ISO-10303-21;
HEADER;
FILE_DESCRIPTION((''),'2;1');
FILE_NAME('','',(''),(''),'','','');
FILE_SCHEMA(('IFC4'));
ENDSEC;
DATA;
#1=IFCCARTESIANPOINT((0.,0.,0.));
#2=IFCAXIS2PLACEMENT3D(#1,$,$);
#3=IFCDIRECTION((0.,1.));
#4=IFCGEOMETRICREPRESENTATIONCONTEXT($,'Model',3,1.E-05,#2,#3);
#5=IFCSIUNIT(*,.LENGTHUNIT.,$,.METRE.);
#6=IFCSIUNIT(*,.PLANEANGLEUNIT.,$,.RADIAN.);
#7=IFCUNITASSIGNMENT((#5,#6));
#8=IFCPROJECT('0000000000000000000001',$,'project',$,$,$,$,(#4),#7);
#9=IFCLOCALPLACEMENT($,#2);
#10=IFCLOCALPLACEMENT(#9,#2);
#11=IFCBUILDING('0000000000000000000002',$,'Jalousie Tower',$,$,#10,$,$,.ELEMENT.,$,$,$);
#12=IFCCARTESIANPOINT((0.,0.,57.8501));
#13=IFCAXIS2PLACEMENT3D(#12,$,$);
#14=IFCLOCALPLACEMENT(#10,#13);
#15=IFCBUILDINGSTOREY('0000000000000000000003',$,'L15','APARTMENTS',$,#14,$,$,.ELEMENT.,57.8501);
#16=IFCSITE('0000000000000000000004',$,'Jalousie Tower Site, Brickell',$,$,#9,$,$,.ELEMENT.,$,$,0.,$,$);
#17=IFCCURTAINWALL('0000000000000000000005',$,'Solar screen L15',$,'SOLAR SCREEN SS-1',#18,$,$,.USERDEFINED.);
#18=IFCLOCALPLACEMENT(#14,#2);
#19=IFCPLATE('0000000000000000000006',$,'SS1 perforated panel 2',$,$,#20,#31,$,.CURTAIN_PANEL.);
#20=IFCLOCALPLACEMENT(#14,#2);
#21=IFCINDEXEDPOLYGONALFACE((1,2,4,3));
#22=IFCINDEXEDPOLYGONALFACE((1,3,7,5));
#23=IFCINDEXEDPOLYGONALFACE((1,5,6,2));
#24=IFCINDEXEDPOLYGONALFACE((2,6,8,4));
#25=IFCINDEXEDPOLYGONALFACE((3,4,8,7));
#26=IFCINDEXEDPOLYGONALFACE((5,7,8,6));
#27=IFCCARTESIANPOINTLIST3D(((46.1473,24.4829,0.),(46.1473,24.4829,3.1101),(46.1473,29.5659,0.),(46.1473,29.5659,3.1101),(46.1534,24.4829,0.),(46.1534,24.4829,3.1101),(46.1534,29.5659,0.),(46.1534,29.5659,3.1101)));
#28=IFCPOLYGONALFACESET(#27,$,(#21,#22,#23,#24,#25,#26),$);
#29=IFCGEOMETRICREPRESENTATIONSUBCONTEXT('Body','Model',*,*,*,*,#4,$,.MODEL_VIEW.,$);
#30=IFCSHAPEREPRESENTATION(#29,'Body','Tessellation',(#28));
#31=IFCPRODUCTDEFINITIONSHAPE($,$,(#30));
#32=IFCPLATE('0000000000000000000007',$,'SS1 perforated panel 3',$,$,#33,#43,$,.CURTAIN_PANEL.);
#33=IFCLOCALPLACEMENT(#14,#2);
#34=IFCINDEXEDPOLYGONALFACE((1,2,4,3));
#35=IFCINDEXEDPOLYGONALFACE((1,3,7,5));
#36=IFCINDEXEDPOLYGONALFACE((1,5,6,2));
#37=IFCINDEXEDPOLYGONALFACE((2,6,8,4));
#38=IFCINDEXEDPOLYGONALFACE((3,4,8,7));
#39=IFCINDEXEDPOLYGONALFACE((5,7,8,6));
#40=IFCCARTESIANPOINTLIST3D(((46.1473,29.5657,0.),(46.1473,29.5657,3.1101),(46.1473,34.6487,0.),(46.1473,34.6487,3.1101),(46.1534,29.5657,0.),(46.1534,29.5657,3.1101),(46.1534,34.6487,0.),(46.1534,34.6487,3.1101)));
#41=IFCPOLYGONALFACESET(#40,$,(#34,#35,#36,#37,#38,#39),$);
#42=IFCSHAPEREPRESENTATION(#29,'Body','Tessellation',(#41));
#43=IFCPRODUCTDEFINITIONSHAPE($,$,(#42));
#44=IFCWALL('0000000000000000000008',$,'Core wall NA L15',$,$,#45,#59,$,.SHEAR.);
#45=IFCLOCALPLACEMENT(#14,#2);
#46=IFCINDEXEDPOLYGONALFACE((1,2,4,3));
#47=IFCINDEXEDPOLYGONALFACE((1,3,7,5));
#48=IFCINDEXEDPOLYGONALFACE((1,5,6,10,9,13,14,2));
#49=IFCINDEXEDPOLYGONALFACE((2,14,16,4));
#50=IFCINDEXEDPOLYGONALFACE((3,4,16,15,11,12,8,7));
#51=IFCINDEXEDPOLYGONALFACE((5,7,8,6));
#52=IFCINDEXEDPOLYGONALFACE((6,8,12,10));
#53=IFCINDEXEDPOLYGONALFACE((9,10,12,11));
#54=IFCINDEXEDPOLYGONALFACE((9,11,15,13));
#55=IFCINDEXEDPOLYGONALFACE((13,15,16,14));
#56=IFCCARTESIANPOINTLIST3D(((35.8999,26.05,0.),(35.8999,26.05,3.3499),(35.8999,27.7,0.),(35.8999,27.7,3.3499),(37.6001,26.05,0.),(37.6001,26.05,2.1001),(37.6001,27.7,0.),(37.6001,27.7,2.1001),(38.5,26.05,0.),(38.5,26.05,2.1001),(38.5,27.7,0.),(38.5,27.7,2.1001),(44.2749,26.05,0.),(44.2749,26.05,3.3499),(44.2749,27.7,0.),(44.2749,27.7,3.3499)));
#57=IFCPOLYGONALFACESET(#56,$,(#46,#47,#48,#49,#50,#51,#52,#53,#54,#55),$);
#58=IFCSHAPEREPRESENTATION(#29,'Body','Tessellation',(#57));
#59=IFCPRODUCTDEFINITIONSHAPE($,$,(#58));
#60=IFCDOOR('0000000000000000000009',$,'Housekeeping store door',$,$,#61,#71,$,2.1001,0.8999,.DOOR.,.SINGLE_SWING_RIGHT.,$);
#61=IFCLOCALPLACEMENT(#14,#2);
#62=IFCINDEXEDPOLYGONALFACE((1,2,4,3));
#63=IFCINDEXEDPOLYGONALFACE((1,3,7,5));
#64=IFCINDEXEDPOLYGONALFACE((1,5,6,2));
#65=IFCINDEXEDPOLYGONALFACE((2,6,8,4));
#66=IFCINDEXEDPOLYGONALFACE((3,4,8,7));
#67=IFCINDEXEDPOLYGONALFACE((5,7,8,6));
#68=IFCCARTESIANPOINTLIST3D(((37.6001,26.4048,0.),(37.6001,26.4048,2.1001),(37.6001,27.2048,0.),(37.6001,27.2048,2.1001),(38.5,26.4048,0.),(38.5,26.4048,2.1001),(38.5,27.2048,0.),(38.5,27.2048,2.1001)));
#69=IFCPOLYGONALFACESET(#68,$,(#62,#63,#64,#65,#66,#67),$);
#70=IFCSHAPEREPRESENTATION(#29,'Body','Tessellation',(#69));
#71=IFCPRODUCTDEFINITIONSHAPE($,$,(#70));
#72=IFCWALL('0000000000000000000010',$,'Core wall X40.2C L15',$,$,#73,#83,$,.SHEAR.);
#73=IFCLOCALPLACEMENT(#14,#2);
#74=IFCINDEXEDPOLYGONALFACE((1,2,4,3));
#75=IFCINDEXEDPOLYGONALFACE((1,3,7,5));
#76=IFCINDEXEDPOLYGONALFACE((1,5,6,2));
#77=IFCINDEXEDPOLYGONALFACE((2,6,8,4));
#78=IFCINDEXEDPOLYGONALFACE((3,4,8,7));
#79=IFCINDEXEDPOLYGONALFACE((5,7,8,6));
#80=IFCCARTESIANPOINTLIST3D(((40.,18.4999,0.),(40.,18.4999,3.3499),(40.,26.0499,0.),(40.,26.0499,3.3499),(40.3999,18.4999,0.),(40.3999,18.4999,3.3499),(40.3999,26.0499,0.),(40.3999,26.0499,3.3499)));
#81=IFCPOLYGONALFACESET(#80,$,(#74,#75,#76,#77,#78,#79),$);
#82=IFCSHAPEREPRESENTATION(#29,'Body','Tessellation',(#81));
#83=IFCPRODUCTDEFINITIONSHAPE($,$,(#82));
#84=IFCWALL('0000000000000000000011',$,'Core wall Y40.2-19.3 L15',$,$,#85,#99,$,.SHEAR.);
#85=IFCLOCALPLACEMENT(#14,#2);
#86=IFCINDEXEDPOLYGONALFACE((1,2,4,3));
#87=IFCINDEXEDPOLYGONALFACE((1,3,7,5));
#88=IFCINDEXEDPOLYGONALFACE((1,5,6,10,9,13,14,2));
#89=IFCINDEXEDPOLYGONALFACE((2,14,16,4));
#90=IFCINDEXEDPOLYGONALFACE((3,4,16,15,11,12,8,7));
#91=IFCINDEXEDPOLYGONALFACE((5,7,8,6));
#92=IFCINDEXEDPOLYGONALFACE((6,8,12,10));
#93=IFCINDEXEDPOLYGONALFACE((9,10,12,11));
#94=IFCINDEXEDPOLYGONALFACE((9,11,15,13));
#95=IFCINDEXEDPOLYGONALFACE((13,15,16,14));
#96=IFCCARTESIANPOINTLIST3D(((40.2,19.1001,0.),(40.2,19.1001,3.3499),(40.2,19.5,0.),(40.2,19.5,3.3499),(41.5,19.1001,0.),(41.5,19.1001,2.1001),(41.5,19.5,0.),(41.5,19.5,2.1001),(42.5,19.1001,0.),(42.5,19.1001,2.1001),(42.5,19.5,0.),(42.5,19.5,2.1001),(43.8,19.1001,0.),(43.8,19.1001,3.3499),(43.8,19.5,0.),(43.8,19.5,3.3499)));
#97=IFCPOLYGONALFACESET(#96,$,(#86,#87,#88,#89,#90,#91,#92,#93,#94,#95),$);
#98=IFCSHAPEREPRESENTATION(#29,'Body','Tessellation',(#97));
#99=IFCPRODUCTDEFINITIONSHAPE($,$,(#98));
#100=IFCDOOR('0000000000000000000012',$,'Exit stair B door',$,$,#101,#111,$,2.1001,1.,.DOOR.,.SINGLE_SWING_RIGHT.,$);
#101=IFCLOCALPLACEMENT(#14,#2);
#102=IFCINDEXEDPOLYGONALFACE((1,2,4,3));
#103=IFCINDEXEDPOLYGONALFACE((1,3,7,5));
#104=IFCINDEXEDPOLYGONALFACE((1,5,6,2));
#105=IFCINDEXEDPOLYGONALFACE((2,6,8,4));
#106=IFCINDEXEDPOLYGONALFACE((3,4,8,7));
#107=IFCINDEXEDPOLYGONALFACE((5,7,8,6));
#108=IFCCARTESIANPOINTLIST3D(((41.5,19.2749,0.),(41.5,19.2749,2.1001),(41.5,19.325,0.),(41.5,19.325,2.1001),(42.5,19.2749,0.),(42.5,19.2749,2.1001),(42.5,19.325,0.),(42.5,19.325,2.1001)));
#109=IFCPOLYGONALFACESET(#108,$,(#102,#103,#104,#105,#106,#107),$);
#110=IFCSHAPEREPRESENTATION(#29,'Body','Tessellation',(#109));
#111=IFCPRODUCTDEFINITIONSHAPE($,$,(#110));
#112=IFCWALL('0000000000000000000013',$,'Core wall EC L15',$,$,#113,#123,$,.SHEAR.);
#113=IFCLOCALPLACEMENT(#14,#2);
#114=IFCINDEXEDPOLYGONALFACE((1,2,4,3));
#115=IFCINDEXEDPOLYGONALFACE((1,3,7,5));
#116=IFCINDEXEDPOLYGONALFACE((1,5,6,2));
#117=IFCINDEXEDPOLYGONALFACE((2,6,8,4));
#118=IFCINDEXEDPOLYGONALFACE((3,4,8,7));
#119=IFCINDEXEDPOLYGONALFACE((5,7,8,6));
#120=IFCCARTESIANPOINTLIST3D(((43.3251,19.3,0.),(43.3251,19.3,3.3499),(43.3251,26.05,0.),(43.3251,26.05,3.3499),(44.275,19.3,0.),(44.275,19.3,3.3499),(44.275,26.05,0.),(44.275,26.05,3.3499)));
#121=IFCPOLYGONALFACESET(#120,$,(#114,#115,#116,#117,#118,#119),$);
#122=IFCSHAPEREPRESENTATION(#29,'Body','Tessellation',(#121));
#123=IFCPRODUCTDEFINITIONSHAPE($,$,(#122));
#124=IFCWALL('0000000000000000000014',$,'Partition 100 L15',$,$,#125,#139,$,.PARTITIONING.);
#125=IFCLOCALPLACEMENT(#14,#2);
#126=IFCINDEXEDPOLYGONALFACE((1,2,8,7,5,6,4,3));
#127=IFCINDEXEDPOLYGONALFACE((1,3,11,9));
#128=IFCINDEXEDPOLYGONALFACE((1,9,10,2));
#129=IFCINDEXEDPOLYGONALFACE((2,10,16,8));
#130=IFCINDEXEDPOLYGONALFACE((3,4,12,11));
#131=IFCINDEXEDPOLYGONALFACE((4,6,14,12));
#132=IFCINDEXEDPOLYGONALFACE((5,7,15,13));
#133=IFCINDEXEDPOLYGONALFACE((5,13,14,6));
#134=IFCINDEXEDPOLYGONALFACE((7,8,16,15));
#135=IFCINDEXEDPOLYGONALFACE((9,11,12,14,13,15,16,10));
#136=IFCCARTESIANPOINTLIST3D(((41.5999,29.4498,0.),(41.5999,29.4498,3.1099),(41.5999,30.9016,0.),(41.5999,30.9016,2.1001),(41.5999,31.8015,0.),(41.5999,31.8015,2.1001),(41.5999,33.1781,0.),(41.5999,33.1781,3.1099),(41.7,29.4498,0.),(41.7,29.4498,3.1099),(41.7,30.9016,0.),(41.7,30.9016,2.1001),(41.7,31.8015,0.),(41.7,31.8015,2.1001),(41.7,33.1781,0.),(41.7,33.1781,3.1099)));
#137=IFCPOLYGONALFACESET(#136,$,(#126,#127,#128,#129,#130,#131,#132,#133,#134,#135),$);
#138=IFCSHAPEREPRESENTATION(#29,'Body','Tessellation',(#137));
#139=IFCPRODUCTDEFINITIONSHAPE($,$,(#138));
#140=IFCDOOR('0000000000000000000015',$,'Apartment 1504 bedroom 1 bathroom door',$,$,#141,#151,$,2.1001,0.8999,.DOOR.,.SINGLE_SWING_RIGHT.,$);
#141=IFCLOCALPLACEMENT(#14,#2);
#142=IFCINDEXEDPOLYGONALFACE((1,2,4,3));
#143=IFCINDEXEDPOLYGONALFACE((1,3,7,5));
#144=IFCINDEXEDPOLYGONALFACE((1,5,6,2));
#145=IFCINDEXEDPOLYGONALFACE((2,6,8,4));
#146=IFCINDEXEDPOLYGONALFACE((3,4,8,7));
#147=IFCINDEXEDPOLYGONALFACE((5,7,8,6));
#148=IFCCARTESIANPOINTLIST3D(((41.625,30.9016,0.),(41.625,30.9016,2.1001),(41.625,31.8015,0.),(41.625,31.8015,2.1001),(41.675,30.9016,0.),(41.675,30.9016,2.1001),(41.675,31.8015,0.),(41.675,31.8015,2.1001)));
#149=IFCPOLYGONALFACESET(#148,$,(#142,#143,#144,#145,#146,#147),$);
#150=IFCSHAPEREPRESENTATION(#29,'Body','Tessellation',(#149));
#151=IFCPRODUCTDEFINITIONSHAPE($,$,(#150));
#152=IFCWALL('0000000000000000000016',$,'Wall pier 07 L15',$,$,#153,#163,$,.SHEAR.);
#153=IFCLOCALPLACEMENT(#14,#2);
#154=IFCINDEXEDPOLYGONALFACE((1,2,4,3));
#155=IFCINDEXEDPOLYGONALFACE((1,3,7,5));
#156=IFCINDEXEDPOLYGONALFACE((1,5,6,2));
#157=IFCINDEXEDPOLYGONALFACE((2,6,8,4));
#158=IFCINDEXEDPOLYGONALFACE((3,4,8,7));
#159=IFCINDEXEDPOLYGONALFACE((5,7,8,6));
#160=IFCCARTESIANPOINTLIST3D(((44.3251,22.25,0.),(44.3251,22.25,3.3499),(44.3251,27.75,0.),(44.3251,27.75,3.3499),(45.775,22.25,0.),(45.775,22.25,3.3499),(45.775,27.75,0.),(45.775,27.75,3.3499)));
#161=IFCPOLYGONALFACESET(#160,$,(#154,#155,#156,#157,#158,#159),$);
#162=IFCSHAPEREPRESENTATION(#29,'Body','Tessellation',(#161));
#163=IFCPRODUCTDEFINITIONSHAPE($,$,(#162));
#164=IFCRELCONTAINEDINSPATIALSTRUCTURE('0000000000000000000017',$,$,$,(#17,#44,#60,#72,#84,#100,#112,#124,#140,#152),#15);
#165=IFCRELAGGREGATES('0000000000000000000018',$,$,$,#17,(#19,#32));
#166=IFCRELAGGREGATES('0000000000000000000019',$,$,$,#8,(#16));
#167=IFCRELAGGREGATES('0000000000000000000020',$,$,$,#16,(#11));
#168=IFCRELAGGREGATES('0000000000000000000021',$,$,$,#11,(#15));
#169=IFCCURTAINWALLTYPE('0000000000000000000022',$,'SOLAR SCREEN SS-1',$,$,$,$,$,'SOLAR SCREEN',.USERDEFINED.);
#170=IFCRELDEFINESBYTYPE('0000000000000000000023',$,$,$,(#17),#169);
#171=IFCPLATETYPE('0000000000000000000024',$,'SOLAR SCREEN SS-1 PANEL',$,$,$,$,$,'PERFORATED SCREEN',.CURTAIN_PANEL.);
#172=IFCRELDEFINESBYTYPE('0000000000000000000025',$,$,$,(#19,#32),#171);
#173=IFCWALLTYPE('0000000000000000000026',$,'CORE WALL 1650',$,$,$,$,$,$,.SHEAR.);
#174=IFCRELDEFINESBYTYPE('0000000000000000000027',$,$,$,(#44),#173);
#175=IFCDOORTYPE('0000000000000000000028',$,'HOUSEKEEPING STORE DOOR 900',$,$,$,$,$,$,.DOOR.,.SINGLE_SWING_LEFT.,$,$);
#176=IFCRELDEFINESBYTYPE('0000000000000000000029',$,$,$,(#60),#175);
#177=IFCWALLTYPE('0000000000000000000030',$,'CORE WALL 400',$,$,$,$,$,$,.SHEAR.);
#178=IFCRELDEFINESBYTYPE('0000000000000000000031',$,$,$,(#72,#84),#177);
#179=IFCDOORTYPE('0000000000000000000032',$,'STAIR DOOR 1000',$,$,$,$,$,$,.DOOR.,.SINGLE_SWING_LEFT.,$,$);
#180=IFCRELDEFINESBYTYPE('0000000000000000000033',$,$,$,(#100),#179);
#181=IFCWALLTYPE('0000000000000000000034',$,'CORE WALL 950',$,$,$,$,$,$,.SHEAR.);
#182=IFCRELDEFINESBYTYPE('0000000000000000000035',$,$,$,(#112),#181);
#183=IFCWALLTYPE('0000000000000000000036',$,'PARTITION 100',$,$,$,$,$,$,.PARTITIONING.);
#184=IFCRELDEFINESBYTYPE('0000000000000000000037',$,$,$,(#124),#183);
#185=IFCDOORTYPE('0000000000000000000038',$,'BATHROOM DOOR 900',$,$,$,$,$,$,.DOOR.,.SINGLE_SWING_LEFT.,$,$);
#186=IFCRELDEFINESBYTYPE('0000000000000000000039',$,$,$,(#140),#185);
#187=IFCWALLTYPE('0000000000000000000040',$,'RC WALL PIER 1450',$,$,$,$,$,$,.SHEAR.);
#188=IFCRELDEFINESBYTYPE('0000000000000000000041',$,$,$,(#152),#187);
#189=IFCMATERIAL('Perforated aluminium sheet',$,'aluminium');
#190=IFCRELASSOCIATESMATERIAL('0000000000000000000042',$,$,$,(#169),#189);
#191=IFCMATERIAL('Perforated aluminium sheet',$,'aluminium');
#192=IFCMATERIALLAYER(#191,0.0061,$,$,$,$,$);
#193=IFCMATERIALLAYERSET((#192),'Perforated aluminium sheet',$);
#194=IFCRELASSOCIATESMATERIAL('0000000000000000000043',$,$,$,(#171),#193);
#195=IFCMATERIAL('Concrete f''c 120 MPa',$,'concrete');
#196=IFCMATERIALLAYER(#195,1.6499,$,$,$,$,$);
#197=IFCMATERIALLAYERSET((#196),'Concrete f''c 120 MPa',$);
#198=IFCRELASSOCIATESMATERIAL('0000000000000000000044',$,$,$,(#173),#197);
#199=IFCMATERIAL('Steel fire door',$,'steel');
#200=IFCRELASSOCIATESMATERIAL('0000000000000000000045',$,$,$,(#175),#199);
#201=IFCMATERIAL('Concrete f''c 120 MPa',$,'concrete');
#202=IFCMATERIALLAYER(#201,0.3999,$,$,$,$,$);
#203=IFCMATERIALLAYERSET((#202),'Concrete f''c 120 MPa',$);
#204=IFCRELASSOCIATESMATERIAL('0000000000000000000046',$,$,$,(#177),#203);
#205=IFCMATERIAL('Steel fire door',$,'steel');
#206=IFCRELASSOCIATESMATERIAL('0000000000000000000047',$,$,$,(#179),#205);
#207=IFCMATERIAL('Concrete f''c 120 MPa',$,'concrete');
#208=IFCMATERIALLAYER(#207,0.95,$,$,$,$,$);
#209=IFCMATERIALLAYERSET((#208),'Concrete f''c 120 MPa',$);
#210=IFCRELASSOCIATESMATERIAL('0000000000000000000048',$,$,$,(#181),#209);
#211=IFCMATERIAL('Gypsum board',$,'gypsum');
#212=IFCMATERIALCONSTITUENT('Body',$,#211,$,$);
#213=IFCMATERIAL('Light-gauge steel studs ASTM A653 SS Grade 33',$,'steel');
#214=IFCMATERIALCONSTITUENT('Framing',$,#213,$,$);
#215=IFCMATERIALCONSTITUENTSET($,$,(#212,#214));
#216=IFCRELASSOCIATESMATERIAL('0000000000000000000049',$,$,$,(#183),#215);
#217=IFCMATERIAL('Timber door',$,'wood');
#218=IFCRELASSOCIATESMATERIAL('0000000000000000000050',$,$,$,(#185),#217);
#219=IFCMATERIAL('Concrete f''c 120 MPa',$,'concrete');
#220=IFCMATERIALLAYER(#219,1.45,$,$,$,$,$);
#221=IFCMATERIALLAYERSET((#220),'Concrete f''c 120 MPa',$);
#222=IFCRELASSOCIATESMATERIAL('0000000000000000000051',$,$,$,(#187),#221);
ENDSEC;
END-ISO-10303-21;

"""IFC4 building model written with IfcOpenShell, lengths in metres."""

from ifc_helpers import new_model, si_unit, direction, frame, frame_2d, origin, origin_2d, place, context, subcontext, project, spatial, rectangle, extrude, material, layer, layer_set, constituent, constituent_set, type_object, element, fill, aggregate, save


model = new_model("IFC4")

# Units and contexts
model_context = context("Model", 3, precision=1e-05, world=origin(), true_north=direction((0.0, 1.0)))
body_context = subcontext(model_context, "Body", "Model", "MODEL_VIEW")
ifc_project = project(units=[si_unit("LENGTHUNIT", "METRE"), si_unit("PLANEANGLEUNIT", "RADIAN")], contexts=[model_context])

# Site, building, storey
site_placement = place(None, origin())
site = spatial("IfcSite", under=ifc_project, at=site_placement, Name="Jalousie Tower Site, Brickell", CompositionType="ELEMENT", RefElevation=0.0)
building_placement = place(site_placement, origin())
building = spatial("IfcBuilding", under=site, at=building_placement, Name="Jalousie Tower", CompositionType="ELEMENT")
storey_placement = place(building_placement, frame((0.0, 0.0, 57.8501)))
storey = spatial("IfcBuildingStorey", under=building, at=storey_placement, Name="L15", Description="APARTMENTS", CompositionType="ELEMENT", Elevation=57.8501)

# Shared definitions
ifc_material_1 = material(Name="Perforated aluminium sheet", Category="aluminium")
curtain_wall_type = type_object("IfcCurtainWallType", Name="SOLAR SCREEN SS-1", ElementType="SOLAR SCREEN", PredefinedType="USERDEFINED", material=ifc_material_1)

# Curtain wall, plates
curtain_wall_1_placement = place(storey_placement, origin())
curtain_wall_1 = element("IfcCurtainWall", 1, at=curtain_wall_1_placement, inside=storey, type_object=curtain_wall_type, Name="Solar screen L15", ObjectType="SOLAR SCREEN SS-1", PredefinedType="USERDEFINED")
ifc_material_2 = material(Name="Perforated aluminium sheet", Category="aluminium")
ifc_layer_1 = layer(ifc_material_2, 0.0061)
ifc_layer_set_1 = layer_set([ifc_layer_1], Name="Perforated aluminium sheet")
plate_type = type_object("IfcPlateType", Name="SOLAR SCREEN SS-1 PANEL", ElementType="PERFORATED SCREEN", PredefinedType="CURTAIN_PANEL", material=ifc_layer_set_1)
plate_1_placement = place(storey_placement, frame((46.1504, 27.0244, 0.0), z_axis=(0.0, 0.0, 1.0), x_axis=(0.0, 1.0, 0.0)))
plate_1 = element("IfcPlate", 2, at=plate_1_placement, type_object=plate_type, Name="SS1 perforated panel 2", PredefinedType="CURTAIN_PANEL", context=body_context, shape_type="SweptSolid", body=[
    extrude(rectangle(XDim=5.083, YDim=0.0061, at=origin_2d()), origin(), (0.0, 0.0, 1.0), 3.1101),
])
plate_2_placement = place(storey_placement, frame((46.1504, 32.1072, 0.0), z_axis=(0.0, 0.0, 1.0), x_axis=(0.0, 1.0, 0.0)))
plate_2 = element("IfcPlate", 3, at=plate_2_placement, type_object=plate_type, Name="SS1 perforated panel 3", PredefinedType="CURTAIN_PANEL", context=body_context, shape_type="SweptSolid", body=[
    extrude(rectangle(XDim=5.083, YDim=0.0061, at=origin_2d()), origin(), (0.0, 0.0, 1.0), 3.1101),
])
aggregate(curtain_wall_1, [plate_1, plate_2])

# Wall, opening, door
ifc_material_3 = material(Name="Concrete f'c 120 MPa", Category="concrete")
ifc_layer_2 = layer(ifc_material_3, 1.6499)
ifc_layer_set_2 = layer_set([ifc_layer_2], Name="Concrete f'c 120 MPa")
wall_type_1 = type_object("IfcWallType", Name="CORE WALL 1650", PredefinedType="SHEAR", material=ifc_layer_set_2)
wall_1_placement = place(storey_placement, frame((44.2749, 26.875, 0.0), z_axis=(0.0, 0.0, 1.0), x_axis=(-1.0, 0.0, 0.0)))
wall_1 = element("IfcWall", 4, at=wall_1_placement, inside=storey, type_object=wall_type_1, Name="Core wall NA L15", PredefinedType="SHEAR", context=body_context, shape_type="SweptSolid", body=[
    extrude(rectangle(XDim=8.375, YDim=1.6499, at=frame_2d((4.1875, 0.0))), origin(), (0.0, 0.0, 1.0), 3.3499),
])
opening_1_placement = place(wall_1_placement, frame((5.7749, 0.0, 0.0)))
opening_1 = element("IfcOpeningElement", 5, at=opening_1_placement, cuts=wall_1, PredefinedType="OPENING", context=body_context, shape_type="SweptSolid", body=[
    extrude(rectangle(XDim=0.8999, YDim=2.1001, at=frame_2d((0.45, 1.05))), frame((0.0, 0.835, 0.0), z_axis=(0.0, -1.0, 0.0), x_axis=(1.0, 0.0, 0.0)), (0.0, 0.0, 1.0), 1.6699),
])
ifc_material_4 = material(Name="Steel fire door", Category="steel")
door_type_1 = type_object("IfcDoorType", Name="HOUSEKEEPING STORE DOOR 900", OperationType="SINGLE_SWING_LEFT", PredefinedType="DOOR", material=ifc_material_4)
door_1_placement = place(opening_1_placement, origin())
door_1 = element("IfcDoor", 6, at=door_1_placement, inside=storey, type_object=door_type_1, Name="Housekeeping store door", OperationType="SINGLE_SWING_RIGHT", OverallHeight=2.1001, OverallWidth=0.8999, PredefinedType="DOOR", context=body_context, shape_type="SweptSolid", body=[
    extrude(rectangle(XDim=0.8999, YDim=2.1001, at=frame_2d((0.45, 1.05))), frame((0.0, 0.4702, 0.0), z_axis=(0.0, -1.0, 0.0), x_axis=(1.0, 0.0, 0.0)), (0.0, 0.0, 1.0), 0.8),
])
fill(opening_1, door_1)

# Wall
ifc_material_5 = material(Name="Concrete f'c 120 MPa", Category="concrete")
ifc_layer_3 = layer(ifc_material_5, 0.3999)
ifc_layer_set_3 = layer_set([ifc_layer_3], Name="Concrete f'c 120 MPa")
wall_type_2 = type_object("IfcWallType", Name="CORE WALL 400", PredefinedType="SHEAR", material=ifc_layer_set_3)
wall_2_placement = place(storey_placement, frame((40.2, 18.5, 0.0), z_axis=(0.0, 0.0, 1.0), x_axis=(0.0, 1.0, 0.0)))
element("IfcWall", 7, at=wall_2_placement, inside=storey, type_object=wall_type_2, Name="Core wall X40.2C L15", PredefinedType="SHEAR", context=body_context, shape_type="SweptSolid", body=[
    extrude(rectangle(XDim=7.55, YDim=0.3999, at=frame_2d((3.7749, 0.0))), origin(), (0.0, 0.0, 1.0), 3.3499),
])

# Wall, opening, door
wall_3_placement = place(storey_placement, frame((40.2, 19.3, 0.0), z_axis=(0.0, 0.0, 1.0), x_axis=(1.0, 0.0, 0.0)))
wall_3 = element("IfcWall", 8, at=wall_3_placement, inside=storey, type_object=wall_type_2, Name="Core wall Y40.2-19.3 L15", PredefinedType="SHEAR", context=body_context, shape_type="SweptSolid", body=[
    extrude(rectangle(XDim=3.6001, YDim=0.3999, at=frame_2d((1.8, 0.0))), origin(), (0.0, 0.0, 1.0), 3.3499),
])
opening_2_placement = place(wall_3_placement, frame((1.3, 0.0, 0.0)))
opening_2 = element("IfcOpeningElement", 9, at=opening_2_placement, cuts=wall_3, PredefinedType="OPENING", context=body_context, shape_type="SweptSolid", body=[
    extrude(rectangle(XDim=1.0, YDim=2.1001, at=frame_2d((0.5, 1.05))), frame((0.0, 0.21, 0.0), z_axis=(0.0, -1.0, 0.0), x_axis=(1.0, 0.0, 0.0)), (0.0, 0.0, 1.0), 0.4199),
])
ifc_material_6 = material(Name="Steel fire door", Category="steel")
door_type_2 = type_object("IfcDoorType", Name="STAIR DOOR 1000", OperationType="SINGLE_SWING_LEFT", PredefinedType="DOOR", material=ifc_material_6)
door_2_placement = place(opening_2_placement, origin())
door_2 = element("IfcDoor", 10, at=door_2_placement, inside=storey, type_object=door_type_2, Name="Exit stair B door", OperationType="SINGLE_SWING_RIGHT", OverallHeight=2.1001, OverallWidth=1.0, PredefinedType="DOOR", context=body_context, shape_type="SweptSolid", body=[
    extrude(rectangle(XDim=1.0, YDim=2.1001, at=frame_2d((0.5, 1.05))), frame((0.0, 0.0249, 0.0), z_axis=(0.0, -1.0, 0.0), x_axis=(1.0, 0.0, 0.0)), (0.0, 0.0, 1.0), 0.05),
])
fill(opening_2, door_2)

# Wall
ifc_material_7 = material(Name="Concrete f'c 120 MPa", Category="concrete")
ifc_layer_4 = layer(ifc_material_7, 0.95)
ifc_layer_set_4 = layer_set([ifc_layer_4], Name="Concrete f'c 120 MPa")
wall_type_3 = type_object("IfcWallType", Name="CORE WALL 950", PredefinedType="SHEAR", material=ifc_layer_set_4)
wall_4_placement = place(storey_placement, frame((43.8, 19.3, 0.0), z_axis=(0.0, 0.0, 1.0), x_axis=(0.0, 1.0, 0.0)))
element("IfcWall", 11, at=wall_4_placement, inside=storey, type_object=wall_type_3, Name="Core wall EC L15", PredefinedType="SHEAR", context=body_context, shape_type="SweptSolid", body=[
    extrude(rectangle(XDim=6.75, YDim=0.95, at=frame_2d((3.375, 0.0))), origin(), (0.0, 0.0, 1.0), 3.3499),
])

# Wall, opening, door
ifc_material_8 = material(Name="Gypsum board", Category="gypsum")
ifc_constituent_1 = constituent(ifc_material_8, Name="Body")
ifc_material_9 = material(Name="Light-gauge steel studs ASTM A653 SS Grade 33", Category="steel")
ifc_constituent_2 = constituent(ifc_material_9, Name="Framing")
ifc_constituent_set_1 = constituent_set(constituents=[ifc_constituent_1, ifc_constituent_2])
wall_type_4 = type_object("IfcWallType", Name="PARTITION 100", PredefinedType="PARTITIONING", material=ifc_constituent_set_1)
wall_5_placement = place(storey_placement, frame((41.6499, 33.1782, 0.0), z_axis=(0.0, 0.0, 1.0), x_axis=(0.0, -1.0, 0.0)))
wall_5 = element("IfcWall", 12, at=wall_5_placement, inside=storey, type_object=wall_type_4, Name="Partition 100 L15", PredefinedType="PARTITIONING", context=body_context, shape_type="SweptSolid", body=[
    extrude(rectangle(XDim=3.7283, YDim=0.1001, at=frame_2d((1.8643, 0.0))), origin(), (0.0, 0.0, 1.0), 3.1099),
])
opening_3_placement = place(wall_5_placement, frame((1.3767, 0.0, 0.0)))
opening_3 = element("IfcOpeningElement", 13, at=opening_3_placement, cuts=wall_5, PredefinedType="OPENING", context=body_context, shape_type="SweptSolid", body=[
    extrude(rectangle(XDim=0.8999, YDim=2.1001, at=frame_2d((0.45, 1.05))), frame((0.0, 0.0601, 0.0), z_axis=(0.0, -1.0, 0.0), x_axis=(1.0, 0.0, 0.0)), (0.0, 0.0, 1.0), 0.1201),
])
ifc_material_10 = material(Name="Timber door", Category="wood")
door_type_3 = type_object("IfcDoorType", Name="BATHROOM DOOR 900", OperationType="SINGLE_SWING_LEFT", PredefinedType="DOOR", material=ifc_material_10)
door_3_placement = place(opening_3_placement, frame((0.8999, 0.0, 0.0), z_axis=(0.0, 0.0, 1.0), x_axis=(-1.0, 0.0, 0.0)))
door_3 = element("IfcDoor", 14, at=door_3_placement, inside=storey, type_object=door_type_3, Name="Apartment 1504 bedroom 1 bathroom door", OperationType="SINGLE_SWING_RIGHT", OverallHeight=2.1001, OverallWidth=0.8999, PredefinedType="DOOR", context=body_context, shape_type="SweptSolid", body=[
    extrude(rectangle(XDim=0.8999, YDim=2.1001, at=frame_2d((0.45, 1.05))), frame((0.0, 0.0249, 0.0), z_axis=(0.0, -1.0, 0.0), x_axis=(1.0, 0.0, 0.0)), (0.0, 0.0, 1.0), 0.05),
])
fill(opening_3, door_3)

# Wall
ifc_material_11 = material(Name="Concrete f'c 120 MPa", Category="concrete")
ifc_layer_5 = layer(ifc_material_11, 1.45)
ifc_layer_set_5 = layer_set([ifc_layer_5], Name="Concrete f'c 120 MPa")
wall_type_5 = type_object("IfcWallType", Name="RC WALL PIER 1450", PredefinedType="SHEAR", material=ifc_layer_set_5)
wall_6_placement = place(storey_placement, frame((45.05, 22.25, 0.0), z_axis=(0.0, 0.0, 1.0), x_axis=(0.0, 1.0, 0.0)))
element("IfcWall", 15, at=wall_6_placement, inside=storey, type_object=wall_type_5, Name="Wall pier 07 L15", PredefinedType="SHEAR", context=body_context, shape_type="SweptSolid", body=[
    extrude(rectangle(XDim=5.5, YDim=1.45, at=frame_2d((2.75, 0.0))), origin(), (0.0, 0.0, 1.0), 3.3499),
])

save(model, "model.ifc")
